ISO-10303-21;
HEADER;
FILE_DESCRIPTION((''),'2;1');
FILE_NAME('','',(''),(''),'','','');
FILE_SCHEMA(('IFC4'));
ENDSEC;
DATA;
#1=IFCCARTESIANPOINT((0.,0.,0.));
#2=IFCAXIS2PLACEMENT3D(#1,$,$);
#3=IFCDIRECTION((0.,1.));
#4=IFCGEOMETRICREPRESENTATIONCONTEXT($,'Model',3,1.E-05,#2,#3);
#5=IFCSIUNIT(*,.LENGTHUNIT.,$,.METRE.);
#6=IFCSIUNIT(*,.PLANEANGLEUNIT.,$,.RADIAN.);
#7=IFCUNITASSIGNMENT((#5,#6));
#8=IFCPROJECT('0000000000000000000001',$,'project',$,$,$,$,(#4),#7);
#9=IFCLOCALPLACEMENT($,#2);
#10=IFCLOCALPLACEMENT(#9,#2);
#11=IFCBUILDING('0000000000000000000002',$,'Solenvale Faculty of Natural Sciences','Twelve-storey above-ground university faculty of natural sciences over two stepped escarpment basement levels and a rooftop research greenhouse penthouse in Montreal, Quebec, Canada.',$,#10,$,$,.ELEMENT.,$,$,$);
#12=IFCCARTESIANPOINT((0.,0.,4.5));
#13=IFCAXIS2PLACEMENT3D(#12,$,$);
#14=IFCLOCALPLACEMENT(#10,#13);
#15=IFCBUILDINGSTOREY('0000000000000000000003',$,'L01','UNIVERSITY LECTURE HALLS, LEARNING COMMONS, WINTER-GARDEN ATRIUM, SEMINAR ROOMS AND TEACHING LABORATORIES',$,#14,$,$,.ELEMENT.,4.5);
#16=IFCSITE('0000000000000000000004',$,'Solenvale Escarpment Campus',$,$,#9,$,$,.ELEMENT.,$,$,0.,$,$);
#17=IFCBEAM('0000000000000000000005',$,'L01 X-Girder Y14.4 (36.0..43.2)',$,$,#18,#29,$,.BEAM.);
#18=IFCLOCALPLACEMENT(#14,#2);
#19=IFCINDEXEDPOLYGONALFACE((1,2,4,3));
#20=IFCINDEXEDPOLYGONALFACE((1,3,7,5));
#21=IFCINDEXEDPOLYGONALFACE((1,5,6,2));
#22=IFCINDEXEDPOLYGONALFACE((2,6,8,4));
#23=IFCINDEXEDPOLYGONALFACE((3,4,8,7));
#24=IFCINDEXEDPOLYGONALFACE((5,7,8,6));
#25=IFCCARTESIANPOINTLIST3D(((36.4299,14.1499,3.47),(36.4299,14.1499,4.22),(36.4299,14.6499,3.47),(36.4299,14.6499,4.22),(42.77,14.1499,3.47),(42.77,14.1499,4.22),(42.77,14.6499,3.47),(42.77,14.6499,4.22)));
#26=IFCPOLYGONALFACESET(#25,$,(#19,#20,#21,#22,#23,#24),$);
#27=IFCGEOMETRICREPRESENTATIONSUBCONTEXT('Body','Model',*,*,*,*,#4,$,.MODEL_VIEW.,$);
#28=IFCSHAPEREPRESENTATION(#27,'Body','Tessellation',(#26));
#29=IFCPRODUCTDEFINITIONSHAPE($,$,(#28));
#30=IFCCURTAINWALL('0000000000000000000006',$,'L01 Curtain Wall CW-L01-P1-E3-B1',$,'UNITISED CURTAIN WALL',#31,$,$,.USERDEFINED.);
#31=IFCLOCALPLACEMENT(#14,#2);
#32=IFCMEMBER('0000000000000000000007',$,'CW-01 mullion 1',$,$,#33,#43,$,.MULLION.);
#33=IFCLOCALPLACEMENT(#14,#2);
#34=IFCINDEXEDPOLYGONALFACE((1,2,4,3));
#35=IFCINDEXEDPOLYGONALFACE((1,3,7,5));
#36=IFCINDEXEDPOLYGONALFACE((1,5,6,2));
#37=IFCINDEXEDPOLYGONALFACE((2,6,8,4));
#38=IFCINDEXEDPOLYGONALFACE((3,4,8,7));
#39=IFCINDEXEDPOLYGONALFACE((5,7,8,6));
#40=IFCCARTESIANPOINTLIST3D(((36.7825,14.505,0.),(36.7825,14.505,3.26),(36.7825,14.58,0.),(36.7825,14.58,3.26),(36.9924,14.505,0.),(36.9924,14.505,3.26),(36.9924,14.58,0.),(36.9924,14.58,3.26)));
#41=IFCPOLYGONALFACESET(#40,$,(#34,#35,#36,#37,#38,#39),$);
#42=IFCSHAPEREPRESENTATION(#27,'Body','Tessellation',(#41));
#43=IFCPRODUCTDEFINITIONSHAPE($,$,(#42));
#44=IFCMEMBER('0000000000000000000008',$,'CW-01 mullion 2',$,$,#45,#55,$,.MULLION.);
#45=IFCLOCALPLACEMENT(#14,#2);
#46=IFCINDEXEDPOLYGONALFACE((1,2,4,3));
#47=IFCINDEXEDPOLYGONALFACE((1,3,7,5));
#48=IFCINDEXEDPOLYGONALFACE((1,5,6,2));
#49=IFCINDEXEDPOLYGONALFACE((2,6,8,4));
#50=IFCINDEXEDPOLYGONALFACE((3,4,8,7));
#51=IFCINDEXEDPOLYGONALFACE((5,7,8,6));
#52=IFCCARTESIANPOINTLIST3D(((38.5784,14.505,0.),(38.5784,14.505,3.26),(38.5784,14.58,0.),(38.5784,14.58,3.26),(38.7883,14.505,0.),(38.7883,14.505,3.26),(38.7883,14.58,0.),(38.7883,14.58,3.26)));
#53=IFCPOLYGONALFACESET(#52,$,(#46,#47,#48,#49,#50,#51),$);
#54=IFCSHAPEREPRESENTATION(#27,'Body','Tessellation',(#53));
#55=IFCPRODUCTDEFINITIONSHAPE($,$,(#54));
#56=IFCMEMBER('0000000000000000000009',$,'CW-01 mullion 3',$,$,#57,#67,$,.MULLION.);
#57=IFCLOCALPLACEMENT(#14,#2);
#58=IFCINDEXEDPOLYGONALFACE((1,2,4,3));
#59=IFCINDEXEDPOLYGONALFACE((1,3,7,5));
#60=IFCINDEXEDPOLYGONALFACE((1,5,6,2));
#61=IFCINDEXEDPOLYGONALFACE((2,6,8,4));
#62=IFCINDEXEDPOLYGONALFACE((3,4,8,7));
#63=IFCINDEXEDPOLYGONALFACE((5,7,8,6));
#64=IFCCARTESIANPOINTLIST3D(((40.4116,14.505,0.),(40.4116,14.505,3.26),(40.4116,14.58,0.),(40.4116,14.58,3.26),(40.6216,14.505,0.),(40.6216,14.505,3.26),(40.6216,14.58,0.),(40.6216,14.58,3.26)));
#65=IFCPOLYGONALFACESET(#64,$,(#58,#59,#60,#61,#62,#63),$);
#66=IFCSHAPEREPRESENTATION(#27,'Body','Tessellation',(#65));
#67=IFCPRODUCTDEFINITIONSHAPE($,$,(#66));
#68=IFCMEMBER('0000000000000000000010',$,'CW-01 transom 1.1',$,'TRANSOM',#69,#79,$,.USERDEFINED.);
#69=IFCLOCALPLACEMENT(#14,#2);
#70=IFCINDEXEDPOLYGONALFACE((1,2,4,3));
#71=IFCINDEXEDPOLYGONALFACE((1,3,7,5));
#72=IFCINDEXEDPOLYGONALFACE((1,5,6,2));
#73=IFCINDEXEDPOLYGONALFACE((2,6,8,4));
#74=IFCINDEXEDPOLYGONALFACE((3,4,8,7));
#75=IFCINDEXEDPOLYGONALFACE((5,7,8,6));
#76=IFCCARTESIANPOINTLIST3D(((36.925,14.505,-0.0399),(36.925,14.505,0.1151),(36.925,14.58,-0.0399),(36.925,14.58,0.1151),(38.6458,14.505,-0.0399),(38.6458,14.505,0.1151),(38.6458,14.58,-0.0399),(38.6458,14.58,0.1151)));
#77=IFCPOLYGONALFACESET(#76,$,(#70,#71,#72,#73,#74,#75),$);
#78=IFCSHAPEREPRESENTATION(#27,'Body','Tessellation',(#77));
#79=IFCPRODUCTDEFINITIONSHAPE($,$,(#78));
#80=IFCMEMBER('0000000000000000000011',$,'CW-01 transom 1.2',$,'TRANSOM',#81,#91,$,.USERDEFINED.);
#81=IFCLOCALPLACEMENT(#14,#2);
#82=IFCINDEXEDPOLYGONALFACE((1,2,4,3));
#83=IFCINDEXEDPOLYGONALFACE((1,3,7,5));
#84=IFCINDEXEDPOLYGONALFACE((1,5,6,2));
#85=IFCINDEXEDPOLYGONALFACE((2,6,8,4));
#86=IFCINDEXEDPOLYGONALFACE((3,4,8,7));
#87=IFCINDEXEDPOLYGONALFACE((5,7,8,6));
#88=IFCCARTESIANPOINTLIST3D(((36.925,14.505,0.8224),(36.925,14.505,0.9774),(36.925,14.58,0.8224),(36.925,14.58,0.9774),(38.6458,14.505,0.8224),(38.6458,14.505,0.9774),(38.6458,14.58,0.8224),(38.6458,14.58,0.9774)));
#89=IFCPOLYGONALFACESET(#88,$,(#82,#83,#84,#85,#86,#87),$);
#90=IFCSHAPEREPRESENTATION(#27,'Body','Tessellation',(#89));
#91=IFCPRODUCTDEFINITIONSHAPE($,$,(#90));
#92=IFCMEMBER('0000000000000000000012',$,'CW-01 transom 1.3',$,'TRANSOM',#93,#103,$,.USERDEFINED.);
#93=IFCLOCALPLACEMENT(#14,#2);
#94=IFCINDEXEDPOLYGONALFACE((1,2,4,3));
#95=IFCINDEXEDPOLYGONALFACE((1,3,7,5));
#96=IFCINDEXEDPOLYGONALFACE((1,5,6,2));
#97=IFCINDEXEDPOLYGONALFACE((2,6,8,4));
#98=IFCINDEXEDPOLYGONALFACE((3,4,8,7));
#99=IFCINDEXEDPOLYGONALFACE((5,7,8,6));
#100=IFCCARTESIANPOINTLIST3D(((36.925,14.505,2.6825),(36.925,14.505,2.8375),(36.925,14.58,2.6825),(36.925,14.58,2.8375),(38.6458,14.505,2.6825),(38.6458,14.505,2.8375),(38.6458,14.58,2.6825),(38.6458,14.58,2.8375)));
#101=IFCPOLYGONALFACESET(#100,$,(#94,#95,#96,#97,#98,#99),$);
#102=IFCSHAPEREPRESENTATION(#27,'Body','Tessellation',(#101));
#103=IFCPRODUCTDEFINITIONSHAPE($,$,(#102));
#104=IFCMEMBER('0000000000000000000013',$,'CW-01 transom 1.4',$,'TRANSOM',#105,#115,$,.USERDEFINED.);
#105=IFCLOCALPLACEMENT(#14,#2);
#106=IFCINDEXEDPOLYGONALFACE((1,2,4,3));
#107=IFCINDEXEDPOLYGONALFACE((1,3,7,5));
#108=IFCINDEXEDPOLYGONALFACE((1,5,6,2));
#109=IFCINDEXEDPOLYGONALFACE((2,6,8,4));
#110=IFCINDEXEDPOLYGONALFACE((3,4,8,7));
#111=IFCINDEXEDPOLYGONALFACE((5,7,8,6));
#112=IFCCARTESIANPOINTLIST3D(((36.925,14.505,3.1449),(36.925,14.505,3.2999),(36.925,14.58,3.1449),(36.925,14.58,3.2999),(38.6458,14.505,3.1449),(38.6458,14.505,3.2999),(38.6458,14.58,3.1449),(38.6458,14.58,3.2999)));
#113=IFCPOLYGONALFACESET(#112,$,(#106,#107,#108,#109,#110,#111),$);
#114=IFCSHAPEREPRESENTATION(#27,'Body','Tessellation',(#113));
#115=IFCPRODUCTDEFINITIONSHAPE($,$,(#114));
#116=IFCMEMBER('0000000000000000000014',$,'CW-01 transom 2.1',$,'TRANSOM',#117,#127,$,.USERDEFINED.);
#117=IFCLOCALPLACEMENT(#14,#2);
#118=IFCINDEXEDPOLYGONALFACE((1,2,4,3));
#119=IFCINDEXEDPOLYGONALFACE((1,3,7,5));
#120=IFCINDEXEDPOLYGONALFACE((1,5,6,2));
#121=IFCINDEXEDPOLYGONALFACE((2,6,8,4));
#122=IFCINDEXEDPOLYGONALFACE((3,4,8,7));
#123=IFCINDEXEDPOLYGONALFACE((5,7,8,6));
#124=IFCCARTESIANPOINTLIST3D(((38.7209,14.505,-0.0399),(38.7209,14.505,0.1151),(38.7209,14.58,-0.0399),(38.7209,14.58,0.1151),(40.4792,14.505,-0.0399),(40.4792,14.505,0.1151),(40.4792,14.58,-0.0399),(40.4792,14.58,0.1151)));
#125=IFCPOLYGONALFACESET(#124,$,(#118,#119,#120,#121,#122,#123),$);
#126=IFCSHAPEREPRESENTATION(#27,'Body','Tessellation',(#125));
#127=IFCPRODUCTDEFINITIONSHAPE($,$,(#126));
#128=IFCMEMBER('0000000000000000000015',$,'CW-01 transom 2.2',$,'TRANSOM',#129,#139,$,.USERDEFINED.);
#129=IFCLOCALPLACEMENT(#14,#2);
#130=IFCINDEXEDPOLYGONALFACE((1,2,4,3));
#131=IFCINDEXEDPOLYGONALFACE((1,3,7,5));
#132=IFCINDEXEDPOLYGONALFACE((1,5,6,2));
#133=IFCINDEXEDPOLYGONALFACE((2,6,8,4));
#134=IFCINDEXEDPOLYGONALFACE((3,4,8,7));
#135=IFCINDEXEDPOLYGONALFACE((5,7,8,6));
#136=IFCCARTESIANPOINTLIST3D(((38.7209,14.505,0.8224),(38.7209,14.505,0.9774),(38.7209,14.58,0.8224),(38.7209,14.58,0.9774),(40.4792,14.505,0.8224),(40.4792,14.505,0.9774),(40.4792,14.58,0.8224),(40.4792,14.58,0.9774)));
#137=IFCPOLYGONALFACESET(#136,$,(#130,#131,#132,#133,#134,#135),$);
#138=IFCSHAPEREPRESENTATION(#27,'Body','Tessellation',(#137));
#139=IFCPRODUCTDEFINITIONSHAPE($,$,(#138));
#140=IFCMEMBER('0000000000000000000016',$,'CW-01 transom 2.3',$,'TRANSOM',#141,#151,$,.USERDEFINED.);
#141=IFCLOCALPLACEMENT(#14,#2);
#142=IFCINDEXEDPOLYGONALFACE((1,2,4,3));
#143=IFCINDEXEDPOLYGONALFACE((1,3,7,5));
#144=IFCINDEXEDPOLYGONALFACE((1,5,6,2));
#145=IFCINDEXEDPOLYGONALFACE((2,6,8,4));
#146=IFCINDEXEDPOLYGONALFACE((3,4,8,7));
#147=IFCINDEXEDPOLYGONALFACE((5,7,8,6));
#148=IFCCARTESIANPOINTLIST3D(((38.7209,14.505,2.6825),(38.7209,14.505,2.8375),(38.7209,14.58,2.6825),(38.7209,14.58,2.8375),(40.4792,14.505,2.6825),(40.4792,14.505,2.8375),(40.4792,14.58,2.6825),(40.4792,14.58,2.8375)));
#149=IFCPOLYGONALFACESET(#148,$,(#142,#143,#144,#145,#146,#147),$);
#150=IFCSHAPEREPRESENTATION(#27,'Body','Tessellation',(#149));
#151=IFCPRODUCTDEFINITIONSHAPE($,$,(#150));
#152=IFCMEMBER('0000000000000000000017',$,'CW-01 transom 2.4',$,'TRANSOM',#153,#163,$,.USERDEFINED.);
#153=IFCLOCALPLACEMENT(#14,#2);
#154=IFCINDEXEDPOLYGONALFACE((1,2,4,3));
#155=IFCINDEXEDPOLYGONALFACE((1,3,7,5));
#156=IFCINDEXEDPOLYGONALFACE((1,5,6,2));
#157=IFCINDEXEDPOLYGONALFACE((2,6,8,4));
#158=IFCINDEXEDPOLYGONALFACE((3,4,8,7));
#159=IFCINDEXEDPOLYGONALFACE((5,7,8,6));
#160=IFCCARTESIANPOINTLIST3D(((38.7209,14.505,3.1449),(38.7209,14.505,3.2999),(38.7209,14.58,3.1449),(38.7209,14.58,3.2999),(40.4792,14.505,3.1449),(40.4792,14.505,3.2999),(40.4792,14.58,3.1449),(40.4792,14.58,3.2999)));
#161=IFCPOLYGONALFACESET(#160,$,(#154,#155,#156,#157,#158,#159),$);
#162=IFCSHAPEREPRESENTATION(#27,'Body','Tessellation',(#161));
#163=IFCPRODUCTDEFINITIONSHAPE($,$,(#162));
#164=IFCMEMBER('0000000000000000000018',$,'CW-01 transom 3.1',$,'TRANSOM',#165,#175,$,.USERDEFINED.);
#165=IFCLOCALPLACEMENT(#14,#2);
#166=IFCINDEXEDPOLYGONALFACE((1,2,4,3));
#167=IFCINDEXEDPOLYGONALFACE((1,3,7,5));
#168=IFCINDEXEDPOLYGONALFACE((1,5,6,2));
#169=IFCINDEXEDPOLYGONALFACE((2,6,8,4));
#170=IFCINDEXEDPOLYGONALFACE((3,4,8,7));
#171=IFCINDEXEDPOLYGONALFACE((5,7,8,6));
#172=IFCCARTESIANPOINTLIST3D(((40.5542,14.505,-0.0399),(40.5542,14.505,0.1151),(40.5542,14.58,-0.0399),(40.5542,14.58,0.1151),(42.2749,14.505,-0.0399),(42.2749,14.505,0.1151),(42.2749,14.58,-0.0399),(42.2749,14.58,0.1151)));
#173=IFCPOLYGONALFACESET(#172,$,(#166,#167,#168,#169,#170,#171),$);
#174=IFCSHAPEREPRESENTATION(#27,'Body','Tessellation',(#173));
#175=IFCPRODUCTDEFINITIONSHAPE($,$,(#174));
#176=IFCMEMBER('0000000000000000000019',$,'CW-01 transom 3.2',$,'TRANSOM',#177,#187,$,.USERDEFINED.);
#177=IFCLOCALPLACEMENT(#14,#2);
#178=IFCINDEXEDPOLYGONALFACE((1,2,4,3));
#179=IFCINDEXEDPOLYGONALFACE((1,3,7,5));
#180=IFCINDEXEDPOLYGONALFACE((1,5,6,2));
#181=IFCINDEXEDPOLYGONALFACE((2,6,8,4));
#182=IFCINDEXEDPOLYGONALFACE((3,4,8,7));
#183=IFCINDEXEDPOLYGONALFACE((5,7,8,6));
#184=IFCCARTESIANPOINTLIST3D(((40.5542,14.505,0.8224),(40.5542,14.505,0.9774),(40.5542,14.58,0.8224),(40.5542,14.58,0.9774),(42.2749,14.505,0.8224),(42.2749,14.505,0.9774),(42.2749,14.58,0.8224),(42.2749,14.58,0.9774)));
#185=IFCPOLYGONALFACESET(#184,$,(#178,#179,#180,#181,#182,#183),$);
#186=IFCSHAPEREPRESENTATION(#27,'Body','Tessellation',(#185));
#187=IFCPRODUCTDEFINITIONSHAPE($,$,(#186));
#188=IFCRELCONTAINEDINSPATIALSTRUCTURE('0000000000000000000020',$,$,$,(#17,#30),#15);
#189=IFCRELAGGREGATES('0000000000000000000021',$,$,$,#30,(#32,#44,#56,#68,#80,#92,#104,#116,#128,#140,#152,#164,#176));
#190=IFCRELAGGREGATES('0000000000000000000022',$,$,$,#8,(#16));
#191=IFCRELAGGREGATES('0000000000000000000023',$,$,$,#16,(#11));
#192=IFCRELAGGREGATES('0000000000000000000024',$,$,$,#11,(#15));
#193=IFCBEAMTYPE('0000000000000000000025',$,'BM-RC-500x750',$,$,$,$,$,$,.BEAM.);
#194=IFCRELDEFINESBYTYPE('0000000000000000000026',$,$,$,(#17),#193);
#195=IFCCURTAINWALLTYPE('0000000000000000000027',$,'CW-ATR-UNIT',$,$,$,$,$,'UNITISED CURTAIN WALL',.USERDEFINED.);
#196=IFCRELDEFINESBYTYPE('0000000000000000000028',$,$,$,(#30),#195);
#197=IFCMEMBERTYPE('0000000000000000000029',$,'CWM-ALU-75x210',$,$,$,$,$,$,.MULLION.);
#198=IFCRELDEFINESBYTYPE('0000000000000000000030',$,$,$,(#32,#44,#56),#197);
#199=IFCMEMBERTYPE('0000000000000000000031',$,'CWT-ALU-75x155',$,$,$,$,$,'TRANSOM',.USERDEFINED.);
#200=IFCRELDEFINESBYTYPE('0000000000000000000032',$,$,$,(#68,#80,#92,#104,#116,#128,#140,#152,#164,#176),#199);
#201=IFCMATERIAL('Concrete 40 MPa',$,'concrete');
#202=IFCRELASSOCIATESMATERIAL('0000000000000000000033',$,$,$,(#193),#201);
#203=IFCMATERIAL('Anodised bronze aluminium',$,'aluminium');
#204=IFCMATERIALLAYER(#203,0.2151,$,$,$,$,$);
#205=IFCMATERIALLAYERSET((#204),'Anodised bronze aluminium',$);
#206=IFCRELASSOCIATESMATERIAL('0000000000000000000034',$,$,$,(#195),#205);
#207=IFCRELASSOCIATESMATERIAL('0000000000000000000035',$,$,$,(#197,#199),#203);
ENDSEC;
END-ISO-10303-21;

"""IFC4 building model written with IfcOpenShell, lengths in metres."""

from ifc_helpers import new_model, si_unit, direction, frame, origin, origin_2d, place, context, subcontext, project, spatial, rectangle, extrude, material, layer, layer_set, material_profile, profile_set, type_object, element, aggregate, save


model = new_model("IFC4")

# Units and contexts
model_context = context("Model", 3, precision=1e-05, world=origin(), true_north=direction((0.0, 1.0)))
body_context = subcontext(model_context, "Body", "Model", "MODEL_VIEW")
ifc_project = project(units=[si_unit("LENGTHUNIT", "METRE"), si_unit("PLANEANGLEUNIT", "RADIAN")], contexts=[model_context])

# Site, building, storey
site_placement = place(None, origin())
site = spatial("IfcSite", under=ifc_project, at=site_placement, Name="Solenvale Escarpment Campus", CompositionType="ELEMENT", RefElevation=0.0)
building_placement = place(site_placement, origin())
building = spatial("IfcBuilding", under=site, at=building_placement, Name="Solenvale Faculty of Natural Sciences", Description="Twelve-storey above-ground university faculty of natural sciences over two stepped escarpment basement levels and a rooftop research greenhouse penthouse in Montreal, Quebec, Canada.", CompositionType="ELEMENT")
storey_placement = place(building_placement, frame((0.0, 0.0, 4.5)))
storey = spatial("IfcBuildingStorey", under=building, at=storey_placement, Name="L01", Description="UNIVERSITY LECTURE HALLS, LEARNING COMMONS, WINTER-GARDEN ATRIUM, SEMINAR ROOMS AND TEACHING LABORATORIES", CompositionType="ELEMENT", Elevation=4.5)

# Beam
ifc_material_1 = material(Name="Concrete 40 MPa", Category="concrete")
ifc_material_profile_1 = material_profile(ifc_material_1, rectangle(XDim=0.5, YDim=0.75, at=origin_2d()), Name="RC-BM-500x750")
ifc_profile_set_1 = profile_set([ifc_material_profile_1], Name="Concrete 40 MPa")
beam_type = type_object("IfcBeamType", Name="BM-RC-500x750", PredefinedType="BEAM", material=ifc_profile_set_1)
beam_placement = place(storey_placement, frame((36.4299, 14.3999, 3.845), z_axis=(1.0, 0.0, 0.0), x_axis=(0.0, 1.0, 0.0)))
element("IfcBeam", 1, at=beam_placement, inside=storey, type_object=beam_type, Name="L01 X-Girder Y14.4 (36.0..43.2)", PredefinedType="BEAM", context=body_context, shape_type="SweptSolid", body=[
    extrude(rectangle(XDim=0.5, YDim=0.75, at=origin_2d()), origin(), (0.0, 0.0, 1.0), 6.3401),
])

# Curtain wall, members
ifc_material_2 = material(Name="Anodised bronze aluminium", Category="aluminium")
ifc_layer_1 = layer(ifc_material_2, 0.2151)
ifc_layer_set_1 = layer_set([ifc_layer_1], Name="Anodised bronze aluminium")
curtain_wall_type = type_object("IfcCurtainWallType", Name="CW-ATR-UNIT", ElementType="UNITISED CURTAIN WALL", PredefinedType="USERDEFINED", material=ifc_layer_set_1)
curtain_wall_placement = place(storey_placement, origin())
curtain_wall = element("IfcCurtainWall", 2, at=curtain_wall_placement, inside=storey, type_object=curtain_wall_type, Name="L01 Curtain Wall CW-L01-P1-E3-B1", ObjectType="UNITISED CURTAIN WALL", PredefinedType="USERDEFINED")
ifc_material_profile_2 = material_profile(ifc_material_2, rectangle(XDim=0.075, YDim=0.21, at=origin_2d()), Name="ALU-MUL-75x210")
ifc_profile_set_2 = profile_set([ifc_material_profile_2], Name="Anodised bronze aluminium")
member_type_1 = type_object("IfcMemberType", Name="CWM-ALU-75x210", PredefinedType="MULLION", material=ifc_profile_set_2)
member_1_placement = place(storey_placement, frame((36.8875, 14.5425, 0.0), z_axis=(0.0, 0.0, 1.0), x_axis=(0.0, 1.0, 0.0)))
member_1 = element("IfcMember", 3, at=member_1_placement, type_object=member_type_1, Name="CW-01 mullion 1", PredefinedType="MULLION", context=body_context, shape_type="SweptSolid", body=[
    extrude(rectangle(XDim=0.075, YDim=0.21, at=origin_2d()), origin(), (0.0, 0.0, 1.0), 3.26),
])
member_2_placement = place(storey_placement, frame((38.6833, 14.5425, 0.0), z_axis=(0.0, 0.0, 1.0), x_axis=(0.0, 1.0, 0.0)))
member_2 = element("IfcMember", 4, at=member_2_placement, type_object=member_type_1, Name="CW-01 mullion 2", PredefinedType="MULLION", context=body_context, shape_type="SweptSolid", body=[
    extrude(rectangle(XDim=0.075, YDim=0.21, at=origin_2d()), origin(), (0.0, 0.0, 1.0), 3.26),
])
member_3_placement = place(storey_placement, frame((40.5166, 14.5425, 0.0), z_axis=(0.0, 0.0, 1.0), x_axis=(0.0, 1.0, 0.0)))
member_3 = element("IfcMember", 5, at=member_3_placement, type_object=member_type_1, Name="CW-01 mullion 3", PredefinedType="MULLION", context=body_context, shape_type="SweptSolid", body=[
    extrude(rectangle(XDim=0.075, YDim=0.21, at=origin_2d()), origin(), (0.0, 0.0, 1.0), 3.26),
])
ifc_material_profile_3 = material_profile(ifc_material_2, rectangle(XDim=0.075, YDim=0.155, at=origin_2d()), Name="ALU-TRN-75x155")
ifc_profile_set_3 = profile_set([ifc_material_profile_3], Name="Anodised bronze aluminium")
member_type_2 = type_object("IfcMemberType", Name="CWT-ALU-75x155", ElementType="TRANSOM", PredefinedType="USERDEFINED", material=ifc_profile_set_3)
member_4_placement = place(storey_placement, frame((36.925, 14.5425, 0.0376), z_axis=(1.0, 0.0, 0.0), x_axis=(0.0, 1.0, 0.0)))
member_4 = element("IfcMember", 6, at=member_4_placement, type_object=member_type_2, Name="CW-01 transom 1.1", ObjectType="TRANSOM", PredefinedType="USERDEFINED", context=body_context, shape_type="SweptSolid", body=[
    extrude(rectangle(XDim=0.075, YDim=0.155, at=origin_2d()), origin(), (0.0, 0.0, 1.0), 1.7207),
])
member_5_placement = place(storey_placement, frame((36.925, 14.5425, 0.8999), z_axis=(1.0, 0.0, 0.0), x_axis=(0.0, 1.0, 0.0)))
member_5 = element("IfcMember", 7, at=member_5_placement, type_object=member_type_2, Name="CW-01 transom 1.2", ObjectType="TRANSOM", PredefinedType="USERDEFINED", context=body_context, shape_type="SweptSolid", body=[
    extrude(rectangle(XDim=0.075, YDim=0.155, at=origin_2d()), origin(), (0.0, 0.0, 1.0), 1.7207),
])
member_6_placement = place(storey_placement, frame((36.925, 14.5425, 2.76), z_axis=(1.0, 0.0, 0.0), x_axis=(0.0, 1.0, 0.0)))
member_6 = element("IfcMember", 8, at=member_6_placement, type_object=member_type_2, Name="CW-01 transom 1.3", ObjectType="TRANSOM", PredefinedType="USERDEFINED", context=body_context, shape_type="SweptSolid", body=[
    extrude(rectangle(XDim=0.075, YDim=0.155, at=origin_2d()), origin(), (0.0, 0.0, 1.0), 1.7207),
])
member_7_placement = place(storey_placement, frame((36.925, 14.5425, 3.2224), z_axis=(1.0, 0.0, 0.0), x_axis=(0.0, 1.0, 0.0)))
member_7 = element("IfcMember", 9, at=member_7_placement, type_object=member_type_2, Name="CW-01 transom 1.4", ObjectType="TRANSOM", PredefinedType="USERDEFINED", context=body_context, shape_type="SweptSolid", body=[
    extrude(rectangle(XDim=0.075, YDim=0.155, at=origin_2d()), origin(), (0.0, 0.0, 1.0), 1.7207),
])
member_8_placement = place(storey_placement, frame((38.7209, 14.5425, 0.0376), z_axis=(1.0, 0.0, 0.0), x_axis=(0.0, 1.0, 0.0)))
member_8 = element("IfcMember", 10, at=member_8_placement, type_object=member_type_2, Name="CW-01 transom 2.1", ObjectType="TRANSOM", PredefinedType="USERDEFINED", context=body_context, shape_type="SweptSolid", body=[
    extrude(rectangle(XDim=0.075, YDim=0.155, at=origin_2d()), origin(), (0.0, 0.0, 1.0), 1.7583),
])
member_9_placement = place(storey_placement, frame((38.7209, 14.5425, 0.8999), z_axis=(1.0, 0.0, 0.0), x_axis=(0.0, 1.0, 0.0)))
member_9 = element("IfcMember", 11, at=member_9_placement, type_object=member_type_2, Name="CW-01 transom 2.2", ObjectType="TRANSOM", PredefinedType="USERDEFINED", context=body_context, shape_type="SweptSolid", body=[
    extrude(rectangle(XDim=0.075, YDim=0.155, at=origin_2d()), origin(), (0.0, 0.0, 1.0), 1.7583),
])
member_10_placement = place(storey_placement, frame((38.7209, 14.5425, 2.76), z_axis=(1.0, 0.0, 0.0), x_axis=(0.0, 1.0, 0.0)))
member_10 = element("IfcMember", 12, at=member_10_placement, type_object=member_type_2, Name="CW-01 transom 2.3", ObjectType="TRANSOM", PredefinedType="USERDEFINED", context=body_context, shape_type="SweptSolid", body=[
    extrude(rectangle(XDim=0.075, YDim=0.155, at=origin_2d()), origin(), (0.0, 0.0, 1.0), 1.7583),
])
member_11_placement = place(storey_placement, frame((38.7209, 14.5425, 3.2224), z_axis=(1.0, 0.0, 0.0), x_axis=(0.0, 1.0, 0.0)))
member_11 = element("IfcMember", 13, at=member_11_placement, type_object=member_type_2, Name="CW-01 transom 2.4", ObjectType="TRANSOM", PredefinedType="USERDEFINED", context=body_context, shape_type="SweptSolid", body=[
    extrude(rectangle(XDim=0.075, YDim=0.155, at=origin_2d()), origin(), (0.0, 0.0, 1.0), 1.7583),
])
member_12_placement = place(storey_placement, frame((40.5542, 14.5425, 0.0376), z_axis=(1.0, 0.0, 0.0), x_axis=(0.0, 1.0, 0.0)))
member_12 = element("IfcMember", 14, at=member_12_placement, type_object=member_type_2, Name="CW-01 transom 3.1", ObjectType="TRANSOM", PredefinedType="USERDEFINED", context=body_context, shape_type="SweptSolid", body=[
    extrude(rectangle(XDim=0.075, YDim=0.155, at=origin_2d()), origin(), (0.0, 0.0, 1.0), 1.7207),
])
member_13_placement = place(storey_placement, frame((40.5542, 14.5425, 0.8999), z_axis=(1.0, 0.0, 0.0), x_axis=(0.0, 1.0, 0.0)))
member_13 = element("IfcMember", 15, at=member_13_placement, type_object=member_type_2, Name="CW-01 transom 3.2", ObjectType="TRANSOM", PredefinedType="USERDEFINED", context=body_context, shape_type="SweptSolid", body=[
    extrude(rectangle(XDim=0.075, YDim=0.155, at=origin_2d()), origin(), (0.0, 0.0, 1.0), 1.7207),
])
aggregate(curtain_wall, [member_1, member_2, member_3, member_4, member_5, member_6, member_7, member_8, member_9, member_10, member_11, member_12, member_13])

save(model, "model.ifc")
